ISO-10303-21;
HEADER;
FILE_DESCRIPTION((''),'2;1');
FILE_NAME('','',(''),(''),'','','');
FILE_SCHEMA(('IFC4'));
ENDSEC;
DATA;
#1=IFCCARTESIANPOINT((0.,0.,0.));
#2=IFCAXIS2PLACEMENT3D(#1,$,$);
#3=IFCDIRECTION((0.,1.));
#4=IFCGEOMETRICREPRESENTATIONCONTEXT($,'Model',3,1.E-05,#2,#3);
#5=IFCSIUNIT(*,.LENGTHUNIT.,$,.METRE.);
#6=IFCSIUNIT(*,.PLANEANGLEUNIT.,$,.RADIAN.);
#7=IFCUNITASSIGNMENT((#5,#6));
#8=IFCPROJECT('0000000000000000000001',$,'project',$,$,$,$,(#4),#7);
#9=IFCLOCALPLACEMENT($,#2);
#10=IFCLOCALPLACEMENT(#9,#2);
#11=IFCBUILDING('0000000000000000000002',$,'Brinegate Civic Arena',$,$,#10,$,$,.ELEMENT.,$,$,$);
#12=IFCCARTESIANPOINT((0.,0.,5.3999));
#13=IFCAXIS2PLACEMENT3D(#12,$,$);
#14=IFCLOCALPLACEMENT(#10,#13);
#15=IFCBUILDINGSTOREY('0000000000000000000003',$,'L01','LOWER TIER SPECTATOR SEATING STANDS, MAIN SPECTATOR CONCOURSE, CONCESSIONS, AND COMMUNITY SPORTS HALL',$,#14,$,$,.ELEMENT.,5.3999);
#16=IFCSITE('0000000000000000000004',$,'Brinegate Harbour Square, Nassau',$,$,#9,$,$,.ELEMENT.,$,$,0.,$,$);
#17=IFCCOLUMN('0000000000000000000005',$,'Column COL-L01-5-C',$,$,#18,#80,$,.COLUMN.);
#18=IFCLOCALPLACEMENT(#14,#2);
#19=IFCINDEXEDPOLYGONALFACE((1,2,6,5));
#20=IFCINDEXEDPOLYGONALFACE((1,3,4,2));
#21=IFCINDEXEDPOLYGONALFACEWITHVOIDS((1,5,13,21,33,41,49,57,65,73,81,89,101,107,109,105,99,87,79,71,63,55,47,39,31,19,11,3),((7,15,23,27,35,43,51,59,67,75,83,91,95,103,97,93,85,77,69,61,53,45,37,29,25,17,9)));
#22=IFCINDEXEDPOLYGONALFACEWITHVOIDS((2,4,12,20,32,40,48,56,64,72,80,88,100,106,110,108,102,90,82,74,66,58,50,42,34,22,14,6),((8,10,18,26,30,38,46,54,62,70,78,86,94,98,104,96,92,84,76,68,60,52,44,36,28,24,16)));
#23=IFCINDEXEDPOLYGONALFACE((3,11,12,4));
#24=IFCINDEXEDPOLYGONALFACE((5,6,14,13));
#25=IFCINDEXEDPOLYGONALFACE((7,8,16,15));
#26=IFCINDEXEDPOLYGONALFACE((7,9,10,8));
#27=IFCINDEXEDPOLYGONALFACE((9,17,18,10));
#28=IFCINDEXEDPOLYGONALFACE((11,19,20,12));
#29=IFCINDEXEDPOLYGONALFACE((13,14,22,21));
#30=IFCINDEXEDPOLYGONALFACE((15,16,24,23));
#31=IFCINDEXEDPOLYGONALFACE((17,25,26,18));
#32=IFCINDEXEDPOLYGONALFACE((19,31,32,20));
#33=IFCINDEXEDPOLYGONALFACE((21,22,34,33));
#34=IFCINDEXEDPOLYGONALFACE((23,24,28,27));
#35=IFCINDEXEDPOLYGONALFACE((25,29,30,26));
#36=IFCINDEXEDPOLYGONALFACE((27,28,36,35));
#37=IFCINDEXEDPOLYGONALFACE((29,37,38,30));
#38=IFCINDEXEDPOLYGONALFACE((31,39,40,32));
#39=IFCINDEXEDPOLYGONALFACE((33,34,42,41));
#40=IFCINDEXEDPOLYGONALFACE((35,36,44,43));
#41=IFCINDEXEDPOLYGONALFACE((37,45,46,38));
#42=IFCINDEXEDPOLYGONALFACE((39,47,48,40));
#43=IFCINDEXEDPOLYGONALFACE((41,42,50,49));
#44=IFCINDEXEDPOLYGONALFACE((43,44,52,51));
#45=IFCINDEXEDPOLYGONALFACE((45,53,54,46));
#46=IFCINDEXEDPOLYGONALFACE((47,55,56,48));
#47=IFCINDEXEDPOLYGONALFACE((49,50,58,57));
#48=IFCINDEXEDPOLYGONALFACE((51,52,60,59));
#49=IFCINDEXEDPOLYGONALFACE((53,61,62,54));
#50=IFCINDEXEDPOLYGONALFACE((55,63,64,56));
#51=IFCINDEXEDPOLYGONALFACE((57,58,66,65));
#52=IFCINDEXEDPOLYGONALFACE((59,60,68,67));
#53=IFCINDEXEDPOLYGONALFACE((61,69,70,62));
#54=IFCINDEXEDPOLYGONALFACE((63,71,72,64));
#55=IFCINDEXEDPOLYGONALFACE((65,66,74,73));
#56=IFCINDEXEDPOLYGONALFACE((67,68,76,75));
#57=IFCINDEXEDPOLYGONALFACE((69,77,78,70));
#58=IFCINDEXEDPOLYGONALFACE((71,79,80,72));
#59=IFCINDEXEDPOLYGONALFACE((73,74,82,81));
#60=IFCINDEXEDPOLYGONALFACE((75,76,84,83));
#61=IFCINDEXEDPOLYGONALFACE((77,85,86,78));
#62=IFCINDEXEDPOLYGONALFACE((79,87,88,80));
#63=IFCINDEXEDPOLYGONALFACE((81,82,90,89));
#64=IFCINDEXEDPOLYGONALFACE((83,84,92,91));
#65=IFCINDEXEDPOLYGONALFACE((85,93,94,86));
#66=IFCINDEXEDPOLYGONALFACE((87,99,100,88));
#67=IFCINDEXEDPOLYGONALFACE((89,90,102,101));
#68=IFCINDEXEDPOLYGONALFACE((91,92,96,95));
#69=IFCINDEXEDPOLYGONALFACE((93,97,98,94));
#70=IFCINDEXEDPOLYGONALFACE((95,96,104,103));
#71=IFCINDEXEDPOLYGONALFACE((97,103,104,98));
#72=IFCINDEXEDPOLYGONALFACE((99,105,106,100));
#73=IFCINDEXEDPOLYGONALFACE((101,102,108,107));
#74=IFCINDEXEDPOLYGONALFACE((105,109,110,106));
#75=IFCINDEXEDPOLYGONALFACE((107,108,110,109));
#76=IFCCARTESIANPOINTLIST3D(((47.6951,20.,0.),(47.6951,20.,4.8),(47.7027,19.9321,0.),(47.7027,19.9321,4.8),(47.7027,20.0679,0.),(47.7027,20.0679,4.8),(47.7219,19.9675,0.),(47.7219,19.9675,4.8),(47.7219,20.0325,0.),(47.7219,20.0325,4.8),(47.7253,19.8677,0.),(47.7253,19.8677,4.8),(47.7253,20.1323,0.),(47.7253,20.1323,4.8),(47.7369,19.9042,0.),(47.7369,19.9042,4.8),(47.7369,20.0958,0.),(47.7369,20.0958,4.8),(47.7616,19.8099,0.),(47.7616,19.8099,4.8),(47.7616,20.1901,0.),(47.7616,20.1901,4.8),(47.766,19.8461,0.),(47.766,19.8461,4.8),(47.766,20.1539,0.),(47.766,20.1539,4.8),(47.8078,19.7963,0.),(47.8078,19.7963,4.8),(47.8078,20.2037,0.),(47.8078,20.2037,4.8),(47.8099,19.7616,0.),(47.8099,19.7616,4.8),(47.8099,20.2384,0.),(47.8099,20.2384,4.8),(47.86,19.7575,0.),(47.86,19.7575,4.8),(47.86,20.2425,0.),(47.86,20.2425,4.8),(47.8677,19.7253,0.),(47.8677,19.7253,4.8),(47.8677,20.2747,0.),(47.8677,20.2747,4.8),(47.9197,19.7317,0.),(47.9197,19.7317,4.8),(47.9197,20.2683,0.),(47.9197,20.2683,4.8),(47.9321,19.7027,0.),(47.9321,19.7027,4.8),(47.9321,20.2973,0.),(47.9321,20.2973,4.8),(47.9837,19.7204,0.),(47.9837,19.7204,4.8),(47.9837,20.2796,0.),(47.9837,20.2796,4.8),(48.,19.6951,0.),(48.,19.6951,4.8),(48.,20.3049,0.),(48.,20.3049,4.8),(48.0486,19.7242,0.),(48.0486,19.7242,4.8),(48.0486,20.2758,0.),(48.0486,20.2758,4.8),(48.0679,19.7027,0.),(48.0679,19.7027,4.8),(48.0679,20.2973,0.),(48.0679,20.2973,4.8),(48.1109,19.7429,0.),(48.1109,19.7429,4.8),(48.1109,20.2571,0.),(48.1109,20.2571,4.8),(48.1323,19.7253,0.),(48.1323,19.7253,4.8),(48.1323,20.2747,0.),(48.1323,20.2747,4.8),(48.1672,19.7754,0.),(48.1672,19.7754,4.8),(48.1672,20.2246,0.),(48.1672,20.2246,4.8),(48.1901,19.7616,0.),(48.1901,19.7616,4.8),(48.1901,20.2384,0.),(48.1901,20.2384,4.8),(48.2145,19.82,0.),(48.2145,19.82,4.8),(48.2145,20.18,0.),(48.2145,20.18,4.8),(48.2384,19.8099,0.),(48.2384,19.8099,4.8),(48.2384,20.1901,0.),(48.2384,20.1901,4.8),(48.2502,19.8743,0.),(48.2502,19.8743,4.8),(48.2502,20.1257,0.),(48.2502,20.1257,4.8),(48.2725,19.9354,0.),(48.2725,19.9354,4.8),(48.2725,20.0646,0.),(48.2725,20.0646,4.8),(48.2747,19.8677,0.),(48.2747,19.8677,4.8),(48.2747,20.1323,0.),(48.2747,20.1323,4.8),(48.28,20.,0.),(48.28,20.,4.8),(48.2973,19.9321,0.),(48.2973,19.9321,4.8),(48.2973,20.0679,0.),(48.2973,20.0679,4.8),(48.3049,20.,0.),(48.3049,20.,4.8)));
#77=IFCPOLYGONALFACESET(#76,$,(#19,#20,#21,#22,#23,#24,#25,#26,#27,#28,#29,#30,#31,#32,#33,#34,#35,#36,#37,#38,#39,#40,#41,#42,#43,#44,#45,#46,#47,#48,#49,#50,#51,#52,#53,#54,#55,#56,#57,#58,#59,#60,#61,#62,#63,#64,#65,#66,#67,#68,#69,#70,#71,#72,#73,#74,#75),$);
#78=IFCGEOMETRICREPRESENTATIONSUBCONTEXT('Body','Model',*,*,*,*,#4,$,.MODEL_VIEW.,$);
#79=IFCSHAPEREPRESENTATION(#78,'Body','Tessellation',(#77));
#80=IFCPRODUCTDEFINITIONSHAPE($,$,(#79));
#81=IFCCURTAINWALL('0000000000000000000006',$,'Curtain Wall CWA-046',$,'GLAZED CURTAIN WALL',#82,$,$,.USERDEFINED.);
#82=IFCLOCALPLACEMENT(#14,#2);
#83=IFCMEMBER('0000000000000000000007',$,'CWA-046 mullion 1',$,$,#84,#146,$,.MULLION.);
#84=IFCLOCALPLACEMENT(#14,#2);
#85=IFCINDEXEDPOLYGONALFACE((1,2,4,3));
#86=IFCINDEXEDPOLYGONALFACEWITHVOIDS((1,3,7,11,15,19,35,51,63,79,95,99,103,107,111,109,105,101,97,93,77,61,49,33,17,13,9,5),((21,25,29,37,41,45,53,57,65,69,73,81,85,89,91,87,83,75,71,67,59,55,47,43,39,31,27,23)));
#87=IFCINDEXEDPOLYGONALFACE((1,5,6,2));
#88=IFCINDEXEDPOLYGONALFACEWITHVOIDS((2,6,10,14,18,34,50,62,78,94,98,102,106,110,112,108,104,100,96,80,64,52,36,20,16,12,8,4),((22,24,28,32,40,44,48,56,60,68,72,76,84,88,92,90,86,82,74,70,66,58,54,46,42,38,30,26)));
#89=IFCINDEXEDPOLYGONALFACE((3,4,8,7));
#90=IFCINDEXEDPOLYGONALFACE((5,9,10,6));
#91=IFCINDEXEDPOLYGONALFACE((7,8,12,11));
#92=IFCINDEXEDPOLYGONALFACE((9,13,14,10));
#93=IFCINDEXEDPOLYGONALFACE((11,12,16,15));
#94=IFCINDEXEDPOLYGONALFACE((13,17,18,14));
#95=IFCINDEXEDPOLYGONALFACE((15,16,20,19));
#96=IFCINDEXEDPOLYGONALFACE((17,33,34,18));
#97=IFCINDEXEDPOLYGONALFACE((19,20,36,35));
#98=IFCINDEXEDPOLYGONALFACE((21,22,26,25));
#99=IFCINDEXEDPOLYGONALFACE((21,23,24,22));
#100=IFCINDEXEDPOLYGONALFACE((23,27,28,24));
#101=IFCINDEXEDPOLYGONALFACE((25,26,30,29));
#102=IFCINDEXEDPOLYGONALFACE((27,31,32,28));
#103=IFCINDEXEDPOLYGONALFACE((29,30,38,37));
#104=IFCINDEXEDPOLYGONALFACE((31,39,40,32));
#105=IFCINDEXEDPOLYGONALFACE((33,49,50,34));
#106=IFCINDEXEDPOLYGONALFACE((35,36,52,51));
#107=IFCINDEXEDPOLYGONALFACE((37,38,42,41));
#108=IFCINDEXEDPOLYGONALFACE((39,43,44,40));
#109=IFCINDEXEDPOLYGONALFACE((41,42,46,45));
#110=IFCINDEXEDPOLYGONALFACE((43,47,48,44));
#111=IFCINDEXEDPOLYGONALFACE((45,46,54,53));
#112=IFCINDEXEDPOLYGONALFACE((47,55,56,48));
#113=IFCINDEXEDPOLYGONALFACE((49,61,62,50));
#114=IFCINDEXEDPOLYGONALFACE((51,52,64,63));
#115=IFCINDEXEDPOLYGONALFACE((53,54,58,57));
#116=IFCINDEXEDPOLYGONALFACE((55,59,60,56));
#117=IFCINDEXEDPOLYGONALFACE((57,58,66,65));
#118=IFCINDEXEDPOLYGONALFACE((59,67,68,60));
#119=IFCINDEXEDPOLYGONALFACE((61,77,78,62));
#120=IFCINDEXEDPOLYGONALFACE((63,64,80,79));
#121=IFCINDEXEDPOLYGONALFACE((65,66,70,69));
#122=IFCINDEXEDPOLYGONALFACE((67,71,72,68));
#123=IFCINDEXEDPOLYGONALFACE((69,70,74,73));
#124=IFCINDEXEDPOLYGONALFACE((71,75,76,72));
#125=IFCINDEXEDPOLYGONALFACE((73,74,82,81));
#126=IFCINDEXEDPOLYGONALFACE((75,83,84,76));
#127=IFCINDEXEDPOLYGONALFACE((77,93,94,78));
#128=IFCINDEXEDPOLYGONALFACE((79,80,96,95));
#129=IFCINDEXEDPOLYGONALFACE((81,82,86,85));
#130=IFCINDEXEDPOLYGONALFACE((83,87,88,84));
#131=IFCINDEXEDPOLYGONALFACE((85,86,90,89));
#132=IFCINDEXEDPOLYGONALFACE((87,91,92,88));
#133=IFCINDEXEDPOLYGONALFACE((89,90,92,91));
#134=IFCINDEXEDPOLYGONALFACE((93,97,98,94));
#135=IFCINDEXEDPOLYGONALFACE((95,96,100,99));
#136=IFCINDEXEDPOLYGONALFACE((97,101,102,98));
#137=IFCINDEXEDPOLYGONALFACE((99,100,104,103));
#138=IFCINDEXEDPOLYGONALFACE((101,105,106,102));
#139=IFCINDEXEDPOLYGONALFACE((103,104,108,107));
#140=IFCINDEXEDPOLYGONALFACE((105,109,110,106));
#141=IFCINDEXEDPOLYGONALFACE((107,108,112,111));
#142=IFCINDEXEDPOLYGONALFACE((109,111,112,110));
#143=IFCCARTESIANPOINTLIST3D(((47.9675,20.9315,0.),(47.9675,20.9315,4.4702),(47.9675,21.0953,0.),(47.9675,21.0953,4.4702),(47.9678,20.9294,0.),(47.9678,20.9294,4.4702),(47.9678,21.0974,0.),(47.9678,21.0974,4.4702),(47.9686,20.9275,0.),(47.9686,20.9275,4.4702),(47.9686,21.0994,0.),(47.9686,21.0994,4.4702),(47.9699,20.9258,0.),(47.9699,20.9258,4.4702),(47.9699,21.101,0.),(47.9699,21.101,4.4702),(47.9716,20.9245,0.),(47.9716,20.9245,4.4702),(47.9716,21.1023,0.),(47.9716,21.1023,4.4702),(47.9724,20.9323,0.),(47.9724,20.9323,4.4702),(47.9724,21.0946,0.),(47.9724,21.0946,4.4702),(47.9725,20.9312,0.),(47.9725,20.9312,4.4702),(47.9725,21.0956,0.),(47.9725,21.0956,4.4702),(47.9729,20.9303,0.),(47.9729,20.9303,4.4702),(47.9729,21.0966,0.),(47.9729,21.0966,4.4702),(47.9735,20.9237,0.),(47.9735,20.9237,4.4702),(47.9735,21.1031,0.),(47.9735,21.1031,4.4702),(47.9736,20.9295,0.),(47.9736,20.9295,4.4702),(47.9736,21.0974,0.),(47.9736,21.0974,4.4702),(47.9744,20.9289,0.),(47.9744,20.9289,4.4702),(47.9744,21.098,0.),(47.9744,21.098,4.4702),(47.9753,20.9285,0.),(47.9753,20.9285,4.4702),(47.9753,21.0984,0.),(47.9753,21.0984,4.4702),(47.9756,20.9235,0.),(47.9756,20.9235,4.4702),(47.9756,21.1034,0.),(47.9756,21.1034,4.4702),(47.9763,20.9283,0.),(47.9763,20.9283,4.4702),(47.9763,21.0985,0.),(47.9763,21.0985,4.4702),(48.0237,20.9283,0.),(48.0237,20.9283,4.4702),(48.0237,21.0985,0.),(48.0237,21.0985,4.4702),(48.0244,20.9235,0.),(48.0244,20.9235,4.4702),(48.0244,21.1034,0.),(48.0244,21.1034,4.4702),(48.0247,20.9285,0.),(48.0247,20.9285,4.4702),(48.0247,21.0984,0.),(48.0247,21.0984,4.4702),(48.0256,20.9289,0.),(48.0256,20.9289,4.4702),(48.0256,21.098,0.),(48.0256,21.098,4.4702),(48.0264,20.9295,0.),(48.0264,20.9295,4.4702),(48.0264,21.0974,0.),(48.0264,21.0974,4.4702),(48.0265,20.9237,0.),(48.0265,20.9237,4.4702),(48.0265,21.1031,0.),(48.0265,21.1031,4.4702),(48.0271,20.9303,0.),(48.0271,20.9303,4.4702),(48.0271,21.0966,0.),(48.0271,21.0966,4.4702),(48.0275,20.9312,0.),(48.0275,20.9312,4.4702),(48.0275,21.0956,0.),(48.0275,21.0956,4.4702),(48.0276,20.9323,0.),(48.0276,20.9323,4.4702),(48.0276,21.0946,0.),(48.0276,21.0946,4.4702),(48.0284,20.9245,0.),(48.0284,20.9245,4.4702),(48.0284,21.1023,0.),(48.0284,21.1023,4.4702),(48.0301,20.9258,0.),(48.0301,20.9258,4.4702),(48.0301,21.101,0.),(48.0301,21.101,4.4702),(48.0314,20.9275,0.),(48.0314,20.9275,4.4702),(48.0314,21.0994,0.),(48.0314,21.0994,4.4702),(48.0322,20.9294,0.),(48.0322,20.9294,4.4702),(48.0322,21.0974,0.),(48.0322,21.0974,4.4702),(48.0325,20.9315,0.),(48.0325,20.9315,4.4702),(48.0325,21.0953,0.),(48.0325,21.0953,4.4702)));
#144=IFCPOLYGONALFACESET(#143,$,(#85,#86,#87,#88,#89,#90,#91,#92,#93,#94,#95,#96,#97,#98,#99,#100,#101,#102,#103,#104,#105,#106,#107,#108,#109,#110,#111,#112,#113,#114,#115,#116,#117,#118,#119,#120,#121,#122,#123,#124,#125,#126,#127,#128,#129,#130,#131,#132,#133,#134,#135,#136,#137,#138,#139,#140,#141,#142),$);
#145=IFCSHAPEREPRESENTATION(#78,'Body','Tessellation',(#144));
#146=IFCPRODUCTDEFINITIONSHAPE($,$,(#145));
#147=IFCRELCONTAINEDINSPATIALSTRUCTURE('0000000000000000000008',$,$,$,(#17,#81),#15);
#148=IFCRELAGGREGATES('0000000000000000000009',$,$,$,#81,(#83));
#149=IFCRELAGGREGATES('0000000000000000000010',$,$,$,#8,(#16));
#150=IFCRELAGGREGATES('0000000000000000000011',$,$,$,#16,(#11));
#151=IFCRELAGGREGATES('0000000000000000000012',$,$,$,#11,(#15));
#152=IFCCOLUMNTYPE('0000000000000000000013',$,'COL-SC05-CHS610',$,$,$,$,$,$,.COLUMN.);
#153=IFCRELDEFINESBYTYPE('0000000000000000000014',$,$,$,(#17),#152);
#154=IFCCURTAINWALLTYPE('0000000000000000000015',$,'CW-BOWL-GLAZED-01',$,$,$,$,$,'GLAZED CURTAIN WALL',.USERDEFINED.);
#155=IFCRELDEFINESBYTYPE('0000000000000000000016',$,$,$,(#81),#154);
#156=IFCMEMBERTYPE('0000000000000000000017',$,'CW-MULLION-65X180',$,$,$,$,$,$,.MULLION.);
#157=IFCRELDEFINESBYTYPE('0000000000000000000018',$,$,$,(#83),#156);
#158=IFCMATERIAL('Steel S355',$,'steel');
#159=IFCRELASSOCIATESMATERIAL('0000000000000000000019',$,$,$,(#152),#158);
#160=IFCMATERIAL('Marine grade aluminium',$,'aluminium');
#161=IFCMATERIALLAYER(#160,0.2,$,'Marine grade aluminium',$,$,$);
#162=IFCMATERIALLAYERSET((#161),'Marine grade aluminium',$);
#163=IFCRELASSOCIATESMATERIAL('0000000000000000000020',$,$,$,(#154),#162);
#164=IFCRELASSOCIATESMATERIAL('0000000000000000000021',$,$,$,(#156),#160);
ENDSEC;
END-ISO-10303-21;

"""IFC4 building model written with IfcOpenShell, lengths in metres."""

from ifc_helpers import new_model, si_unit, direction, frame, origin, origin_2d, place, context, subcontext, project, spatial, hollow_rectangle, hollow_circle, extrude, material, layer, layer_set, material_profile, profile_set, type_object, element, aggregate, save


model = new_model("IFC4")

# Units and contexts
model_context = context("Model", 3, precision=1e-05, world=origin(), true_north=direction((0.0, 1.0)))
body_context = subcontext(model_context, "Body", "Model", "MODEL_VIEW")
ifc_project = project(units=[si_unit("LENGTHUNIT", "METRE"), si_unit("PLANEANGLEUNIT", "RADIAN")], contexts=[model_context])

# Site, building, storey
site_placement = place(None, origin())
site = spatial("IfcSite", under=ifc_project, at=site_placement, Name="Brinegate Harbour Square, Nassau", CompositionType="ELEMENT", RefElevation=0.0)
building_placement = place(site_placement, origin())
building = spatial("IfcBuilding", under=site, at=building_placement, Name="Brinegate Civic Arena", CompositionType="ELEMENT")
storey_placement = place(building_placement, frame((0.0, 0.0, 5.3999)))
storey = spatial("IfcBuildingStorey", under=building, at=storey_placement, Name="L01", Description="LOWER TIER SPECTATOR SEATING STANDS, MAIN SPECTATOR CONCOURSE, CONCESSIONS, AND COMMUNITY SPORTS HALL", CompositionType="ELEMENT", Elevation=5.3999)

# Column
ifc_material_1 = material(Name="Steel S355", Category="steel")
ifc_material_profile_1 = material_profile(ifc_material_1, hollow_circle(Radius=0.3049, WallThickness=0.0249, at=origin_2d()), Name="CHS610X25")
ifc_profile_set_1 = profile_set([ifc_material_profile_1], Name="Steel S355")
column_type = type_object("IfcColumnType", Name="COL-SC05-CHS610", PredefinedType="COLUMN", material=ifc_profile_set_1)
column_placement = place(storey_placement, frame((48.0, 20.0, 0.0), z_axis=(0.0, 0.0, 1.0), x_axis=(1.0, 0.0, 0.0)))
element("IfcColumn", 1, at=column_placement, inside=storey, type_object=column_type, Name="Column COL-L01-5-C", PredefinedType="COLUMN", context=body_context, shape_type="SweptSolid", body=[
    extrude(hollow_circle(Radius=0.3049, WallThickness=0.0249, at=origin_2d()), origin(), (0.0, 0.0, 1.0), 4.8),
])

# Curtain wall, member
ifc_material_2 = material(Name="Marine grade aluminium", Category="aluminium")
ifc_layer_1 = layer(ifc_material_2, 0.2, Name="Marine grade aluminium")
ifc_layer_set_1 = layer_set([ifc_layer_1], Name="Marine grade aluminium")
curtain_wall_type = type_object("IfcCurtainWallType", Name="CW-BOWL-GLAZED-01", ElementType="GLAZED CURTAIN WALL", PredefinedType="USERDEFINED", material=ifc_layer_set_1)
curtain_wall_1_placement = place(storey_placement, origin())
curtain_wall_1 = element("IfcCurtainWall", 2, at=curtain_wall_1_placement, inside=storey, type_object=curtain_wall_type, Name="Curtain Wall CWA-046", ObjectType="GLAZED CURTAIN WALL", PredefinedType="USERDEFINED")
ifc_material_profile_2 = material_profile(ifc_material_2, hollow_rectangle(XDim=0.0649, YDim=0.1799, WallThickness=0.0049, InnerFilletRadius=0.0039, OuterFilletRadius=0.0081, at=origin_2d()), Name="MUL65X180")
ifc_profile_set_2 = profile_set([ifc_material_profile_2], Name="Marine grade aluminium")
member_type_1 = type_object("IfcMemberType", Name="CW-MULLION-65X180", PredefinedType="MULLION", material=ifc_profile_set_2)
member_1_placement = place(storey_placement, frame((48.0, 21.0134, 0.0), z_axis=(0.0, 0.0, 1.0), x_axis=(-1.0, 0.0, 0.0)))
member_1 = element("IfcMember", 3, at=member_1_placement, type_object=member_type_1, Name="CWA-046 mullion 1", PredefinedType="MULLION", context=body_context, shape_type="SweptSolid", body=[
    extrude(hollow_rectangle(XDim=0.0649, YDim=0.1799, WallThickness=0.0049, InnerFilletRadius=0.0039, OuterFilletRadius=0.0081, at=origin_2d()), origin(), (0.0, 0.0, 1.0), 4.4702),
])

aggregate(curtain_wall_1, [member_1])

save(model, "model.ifc")
